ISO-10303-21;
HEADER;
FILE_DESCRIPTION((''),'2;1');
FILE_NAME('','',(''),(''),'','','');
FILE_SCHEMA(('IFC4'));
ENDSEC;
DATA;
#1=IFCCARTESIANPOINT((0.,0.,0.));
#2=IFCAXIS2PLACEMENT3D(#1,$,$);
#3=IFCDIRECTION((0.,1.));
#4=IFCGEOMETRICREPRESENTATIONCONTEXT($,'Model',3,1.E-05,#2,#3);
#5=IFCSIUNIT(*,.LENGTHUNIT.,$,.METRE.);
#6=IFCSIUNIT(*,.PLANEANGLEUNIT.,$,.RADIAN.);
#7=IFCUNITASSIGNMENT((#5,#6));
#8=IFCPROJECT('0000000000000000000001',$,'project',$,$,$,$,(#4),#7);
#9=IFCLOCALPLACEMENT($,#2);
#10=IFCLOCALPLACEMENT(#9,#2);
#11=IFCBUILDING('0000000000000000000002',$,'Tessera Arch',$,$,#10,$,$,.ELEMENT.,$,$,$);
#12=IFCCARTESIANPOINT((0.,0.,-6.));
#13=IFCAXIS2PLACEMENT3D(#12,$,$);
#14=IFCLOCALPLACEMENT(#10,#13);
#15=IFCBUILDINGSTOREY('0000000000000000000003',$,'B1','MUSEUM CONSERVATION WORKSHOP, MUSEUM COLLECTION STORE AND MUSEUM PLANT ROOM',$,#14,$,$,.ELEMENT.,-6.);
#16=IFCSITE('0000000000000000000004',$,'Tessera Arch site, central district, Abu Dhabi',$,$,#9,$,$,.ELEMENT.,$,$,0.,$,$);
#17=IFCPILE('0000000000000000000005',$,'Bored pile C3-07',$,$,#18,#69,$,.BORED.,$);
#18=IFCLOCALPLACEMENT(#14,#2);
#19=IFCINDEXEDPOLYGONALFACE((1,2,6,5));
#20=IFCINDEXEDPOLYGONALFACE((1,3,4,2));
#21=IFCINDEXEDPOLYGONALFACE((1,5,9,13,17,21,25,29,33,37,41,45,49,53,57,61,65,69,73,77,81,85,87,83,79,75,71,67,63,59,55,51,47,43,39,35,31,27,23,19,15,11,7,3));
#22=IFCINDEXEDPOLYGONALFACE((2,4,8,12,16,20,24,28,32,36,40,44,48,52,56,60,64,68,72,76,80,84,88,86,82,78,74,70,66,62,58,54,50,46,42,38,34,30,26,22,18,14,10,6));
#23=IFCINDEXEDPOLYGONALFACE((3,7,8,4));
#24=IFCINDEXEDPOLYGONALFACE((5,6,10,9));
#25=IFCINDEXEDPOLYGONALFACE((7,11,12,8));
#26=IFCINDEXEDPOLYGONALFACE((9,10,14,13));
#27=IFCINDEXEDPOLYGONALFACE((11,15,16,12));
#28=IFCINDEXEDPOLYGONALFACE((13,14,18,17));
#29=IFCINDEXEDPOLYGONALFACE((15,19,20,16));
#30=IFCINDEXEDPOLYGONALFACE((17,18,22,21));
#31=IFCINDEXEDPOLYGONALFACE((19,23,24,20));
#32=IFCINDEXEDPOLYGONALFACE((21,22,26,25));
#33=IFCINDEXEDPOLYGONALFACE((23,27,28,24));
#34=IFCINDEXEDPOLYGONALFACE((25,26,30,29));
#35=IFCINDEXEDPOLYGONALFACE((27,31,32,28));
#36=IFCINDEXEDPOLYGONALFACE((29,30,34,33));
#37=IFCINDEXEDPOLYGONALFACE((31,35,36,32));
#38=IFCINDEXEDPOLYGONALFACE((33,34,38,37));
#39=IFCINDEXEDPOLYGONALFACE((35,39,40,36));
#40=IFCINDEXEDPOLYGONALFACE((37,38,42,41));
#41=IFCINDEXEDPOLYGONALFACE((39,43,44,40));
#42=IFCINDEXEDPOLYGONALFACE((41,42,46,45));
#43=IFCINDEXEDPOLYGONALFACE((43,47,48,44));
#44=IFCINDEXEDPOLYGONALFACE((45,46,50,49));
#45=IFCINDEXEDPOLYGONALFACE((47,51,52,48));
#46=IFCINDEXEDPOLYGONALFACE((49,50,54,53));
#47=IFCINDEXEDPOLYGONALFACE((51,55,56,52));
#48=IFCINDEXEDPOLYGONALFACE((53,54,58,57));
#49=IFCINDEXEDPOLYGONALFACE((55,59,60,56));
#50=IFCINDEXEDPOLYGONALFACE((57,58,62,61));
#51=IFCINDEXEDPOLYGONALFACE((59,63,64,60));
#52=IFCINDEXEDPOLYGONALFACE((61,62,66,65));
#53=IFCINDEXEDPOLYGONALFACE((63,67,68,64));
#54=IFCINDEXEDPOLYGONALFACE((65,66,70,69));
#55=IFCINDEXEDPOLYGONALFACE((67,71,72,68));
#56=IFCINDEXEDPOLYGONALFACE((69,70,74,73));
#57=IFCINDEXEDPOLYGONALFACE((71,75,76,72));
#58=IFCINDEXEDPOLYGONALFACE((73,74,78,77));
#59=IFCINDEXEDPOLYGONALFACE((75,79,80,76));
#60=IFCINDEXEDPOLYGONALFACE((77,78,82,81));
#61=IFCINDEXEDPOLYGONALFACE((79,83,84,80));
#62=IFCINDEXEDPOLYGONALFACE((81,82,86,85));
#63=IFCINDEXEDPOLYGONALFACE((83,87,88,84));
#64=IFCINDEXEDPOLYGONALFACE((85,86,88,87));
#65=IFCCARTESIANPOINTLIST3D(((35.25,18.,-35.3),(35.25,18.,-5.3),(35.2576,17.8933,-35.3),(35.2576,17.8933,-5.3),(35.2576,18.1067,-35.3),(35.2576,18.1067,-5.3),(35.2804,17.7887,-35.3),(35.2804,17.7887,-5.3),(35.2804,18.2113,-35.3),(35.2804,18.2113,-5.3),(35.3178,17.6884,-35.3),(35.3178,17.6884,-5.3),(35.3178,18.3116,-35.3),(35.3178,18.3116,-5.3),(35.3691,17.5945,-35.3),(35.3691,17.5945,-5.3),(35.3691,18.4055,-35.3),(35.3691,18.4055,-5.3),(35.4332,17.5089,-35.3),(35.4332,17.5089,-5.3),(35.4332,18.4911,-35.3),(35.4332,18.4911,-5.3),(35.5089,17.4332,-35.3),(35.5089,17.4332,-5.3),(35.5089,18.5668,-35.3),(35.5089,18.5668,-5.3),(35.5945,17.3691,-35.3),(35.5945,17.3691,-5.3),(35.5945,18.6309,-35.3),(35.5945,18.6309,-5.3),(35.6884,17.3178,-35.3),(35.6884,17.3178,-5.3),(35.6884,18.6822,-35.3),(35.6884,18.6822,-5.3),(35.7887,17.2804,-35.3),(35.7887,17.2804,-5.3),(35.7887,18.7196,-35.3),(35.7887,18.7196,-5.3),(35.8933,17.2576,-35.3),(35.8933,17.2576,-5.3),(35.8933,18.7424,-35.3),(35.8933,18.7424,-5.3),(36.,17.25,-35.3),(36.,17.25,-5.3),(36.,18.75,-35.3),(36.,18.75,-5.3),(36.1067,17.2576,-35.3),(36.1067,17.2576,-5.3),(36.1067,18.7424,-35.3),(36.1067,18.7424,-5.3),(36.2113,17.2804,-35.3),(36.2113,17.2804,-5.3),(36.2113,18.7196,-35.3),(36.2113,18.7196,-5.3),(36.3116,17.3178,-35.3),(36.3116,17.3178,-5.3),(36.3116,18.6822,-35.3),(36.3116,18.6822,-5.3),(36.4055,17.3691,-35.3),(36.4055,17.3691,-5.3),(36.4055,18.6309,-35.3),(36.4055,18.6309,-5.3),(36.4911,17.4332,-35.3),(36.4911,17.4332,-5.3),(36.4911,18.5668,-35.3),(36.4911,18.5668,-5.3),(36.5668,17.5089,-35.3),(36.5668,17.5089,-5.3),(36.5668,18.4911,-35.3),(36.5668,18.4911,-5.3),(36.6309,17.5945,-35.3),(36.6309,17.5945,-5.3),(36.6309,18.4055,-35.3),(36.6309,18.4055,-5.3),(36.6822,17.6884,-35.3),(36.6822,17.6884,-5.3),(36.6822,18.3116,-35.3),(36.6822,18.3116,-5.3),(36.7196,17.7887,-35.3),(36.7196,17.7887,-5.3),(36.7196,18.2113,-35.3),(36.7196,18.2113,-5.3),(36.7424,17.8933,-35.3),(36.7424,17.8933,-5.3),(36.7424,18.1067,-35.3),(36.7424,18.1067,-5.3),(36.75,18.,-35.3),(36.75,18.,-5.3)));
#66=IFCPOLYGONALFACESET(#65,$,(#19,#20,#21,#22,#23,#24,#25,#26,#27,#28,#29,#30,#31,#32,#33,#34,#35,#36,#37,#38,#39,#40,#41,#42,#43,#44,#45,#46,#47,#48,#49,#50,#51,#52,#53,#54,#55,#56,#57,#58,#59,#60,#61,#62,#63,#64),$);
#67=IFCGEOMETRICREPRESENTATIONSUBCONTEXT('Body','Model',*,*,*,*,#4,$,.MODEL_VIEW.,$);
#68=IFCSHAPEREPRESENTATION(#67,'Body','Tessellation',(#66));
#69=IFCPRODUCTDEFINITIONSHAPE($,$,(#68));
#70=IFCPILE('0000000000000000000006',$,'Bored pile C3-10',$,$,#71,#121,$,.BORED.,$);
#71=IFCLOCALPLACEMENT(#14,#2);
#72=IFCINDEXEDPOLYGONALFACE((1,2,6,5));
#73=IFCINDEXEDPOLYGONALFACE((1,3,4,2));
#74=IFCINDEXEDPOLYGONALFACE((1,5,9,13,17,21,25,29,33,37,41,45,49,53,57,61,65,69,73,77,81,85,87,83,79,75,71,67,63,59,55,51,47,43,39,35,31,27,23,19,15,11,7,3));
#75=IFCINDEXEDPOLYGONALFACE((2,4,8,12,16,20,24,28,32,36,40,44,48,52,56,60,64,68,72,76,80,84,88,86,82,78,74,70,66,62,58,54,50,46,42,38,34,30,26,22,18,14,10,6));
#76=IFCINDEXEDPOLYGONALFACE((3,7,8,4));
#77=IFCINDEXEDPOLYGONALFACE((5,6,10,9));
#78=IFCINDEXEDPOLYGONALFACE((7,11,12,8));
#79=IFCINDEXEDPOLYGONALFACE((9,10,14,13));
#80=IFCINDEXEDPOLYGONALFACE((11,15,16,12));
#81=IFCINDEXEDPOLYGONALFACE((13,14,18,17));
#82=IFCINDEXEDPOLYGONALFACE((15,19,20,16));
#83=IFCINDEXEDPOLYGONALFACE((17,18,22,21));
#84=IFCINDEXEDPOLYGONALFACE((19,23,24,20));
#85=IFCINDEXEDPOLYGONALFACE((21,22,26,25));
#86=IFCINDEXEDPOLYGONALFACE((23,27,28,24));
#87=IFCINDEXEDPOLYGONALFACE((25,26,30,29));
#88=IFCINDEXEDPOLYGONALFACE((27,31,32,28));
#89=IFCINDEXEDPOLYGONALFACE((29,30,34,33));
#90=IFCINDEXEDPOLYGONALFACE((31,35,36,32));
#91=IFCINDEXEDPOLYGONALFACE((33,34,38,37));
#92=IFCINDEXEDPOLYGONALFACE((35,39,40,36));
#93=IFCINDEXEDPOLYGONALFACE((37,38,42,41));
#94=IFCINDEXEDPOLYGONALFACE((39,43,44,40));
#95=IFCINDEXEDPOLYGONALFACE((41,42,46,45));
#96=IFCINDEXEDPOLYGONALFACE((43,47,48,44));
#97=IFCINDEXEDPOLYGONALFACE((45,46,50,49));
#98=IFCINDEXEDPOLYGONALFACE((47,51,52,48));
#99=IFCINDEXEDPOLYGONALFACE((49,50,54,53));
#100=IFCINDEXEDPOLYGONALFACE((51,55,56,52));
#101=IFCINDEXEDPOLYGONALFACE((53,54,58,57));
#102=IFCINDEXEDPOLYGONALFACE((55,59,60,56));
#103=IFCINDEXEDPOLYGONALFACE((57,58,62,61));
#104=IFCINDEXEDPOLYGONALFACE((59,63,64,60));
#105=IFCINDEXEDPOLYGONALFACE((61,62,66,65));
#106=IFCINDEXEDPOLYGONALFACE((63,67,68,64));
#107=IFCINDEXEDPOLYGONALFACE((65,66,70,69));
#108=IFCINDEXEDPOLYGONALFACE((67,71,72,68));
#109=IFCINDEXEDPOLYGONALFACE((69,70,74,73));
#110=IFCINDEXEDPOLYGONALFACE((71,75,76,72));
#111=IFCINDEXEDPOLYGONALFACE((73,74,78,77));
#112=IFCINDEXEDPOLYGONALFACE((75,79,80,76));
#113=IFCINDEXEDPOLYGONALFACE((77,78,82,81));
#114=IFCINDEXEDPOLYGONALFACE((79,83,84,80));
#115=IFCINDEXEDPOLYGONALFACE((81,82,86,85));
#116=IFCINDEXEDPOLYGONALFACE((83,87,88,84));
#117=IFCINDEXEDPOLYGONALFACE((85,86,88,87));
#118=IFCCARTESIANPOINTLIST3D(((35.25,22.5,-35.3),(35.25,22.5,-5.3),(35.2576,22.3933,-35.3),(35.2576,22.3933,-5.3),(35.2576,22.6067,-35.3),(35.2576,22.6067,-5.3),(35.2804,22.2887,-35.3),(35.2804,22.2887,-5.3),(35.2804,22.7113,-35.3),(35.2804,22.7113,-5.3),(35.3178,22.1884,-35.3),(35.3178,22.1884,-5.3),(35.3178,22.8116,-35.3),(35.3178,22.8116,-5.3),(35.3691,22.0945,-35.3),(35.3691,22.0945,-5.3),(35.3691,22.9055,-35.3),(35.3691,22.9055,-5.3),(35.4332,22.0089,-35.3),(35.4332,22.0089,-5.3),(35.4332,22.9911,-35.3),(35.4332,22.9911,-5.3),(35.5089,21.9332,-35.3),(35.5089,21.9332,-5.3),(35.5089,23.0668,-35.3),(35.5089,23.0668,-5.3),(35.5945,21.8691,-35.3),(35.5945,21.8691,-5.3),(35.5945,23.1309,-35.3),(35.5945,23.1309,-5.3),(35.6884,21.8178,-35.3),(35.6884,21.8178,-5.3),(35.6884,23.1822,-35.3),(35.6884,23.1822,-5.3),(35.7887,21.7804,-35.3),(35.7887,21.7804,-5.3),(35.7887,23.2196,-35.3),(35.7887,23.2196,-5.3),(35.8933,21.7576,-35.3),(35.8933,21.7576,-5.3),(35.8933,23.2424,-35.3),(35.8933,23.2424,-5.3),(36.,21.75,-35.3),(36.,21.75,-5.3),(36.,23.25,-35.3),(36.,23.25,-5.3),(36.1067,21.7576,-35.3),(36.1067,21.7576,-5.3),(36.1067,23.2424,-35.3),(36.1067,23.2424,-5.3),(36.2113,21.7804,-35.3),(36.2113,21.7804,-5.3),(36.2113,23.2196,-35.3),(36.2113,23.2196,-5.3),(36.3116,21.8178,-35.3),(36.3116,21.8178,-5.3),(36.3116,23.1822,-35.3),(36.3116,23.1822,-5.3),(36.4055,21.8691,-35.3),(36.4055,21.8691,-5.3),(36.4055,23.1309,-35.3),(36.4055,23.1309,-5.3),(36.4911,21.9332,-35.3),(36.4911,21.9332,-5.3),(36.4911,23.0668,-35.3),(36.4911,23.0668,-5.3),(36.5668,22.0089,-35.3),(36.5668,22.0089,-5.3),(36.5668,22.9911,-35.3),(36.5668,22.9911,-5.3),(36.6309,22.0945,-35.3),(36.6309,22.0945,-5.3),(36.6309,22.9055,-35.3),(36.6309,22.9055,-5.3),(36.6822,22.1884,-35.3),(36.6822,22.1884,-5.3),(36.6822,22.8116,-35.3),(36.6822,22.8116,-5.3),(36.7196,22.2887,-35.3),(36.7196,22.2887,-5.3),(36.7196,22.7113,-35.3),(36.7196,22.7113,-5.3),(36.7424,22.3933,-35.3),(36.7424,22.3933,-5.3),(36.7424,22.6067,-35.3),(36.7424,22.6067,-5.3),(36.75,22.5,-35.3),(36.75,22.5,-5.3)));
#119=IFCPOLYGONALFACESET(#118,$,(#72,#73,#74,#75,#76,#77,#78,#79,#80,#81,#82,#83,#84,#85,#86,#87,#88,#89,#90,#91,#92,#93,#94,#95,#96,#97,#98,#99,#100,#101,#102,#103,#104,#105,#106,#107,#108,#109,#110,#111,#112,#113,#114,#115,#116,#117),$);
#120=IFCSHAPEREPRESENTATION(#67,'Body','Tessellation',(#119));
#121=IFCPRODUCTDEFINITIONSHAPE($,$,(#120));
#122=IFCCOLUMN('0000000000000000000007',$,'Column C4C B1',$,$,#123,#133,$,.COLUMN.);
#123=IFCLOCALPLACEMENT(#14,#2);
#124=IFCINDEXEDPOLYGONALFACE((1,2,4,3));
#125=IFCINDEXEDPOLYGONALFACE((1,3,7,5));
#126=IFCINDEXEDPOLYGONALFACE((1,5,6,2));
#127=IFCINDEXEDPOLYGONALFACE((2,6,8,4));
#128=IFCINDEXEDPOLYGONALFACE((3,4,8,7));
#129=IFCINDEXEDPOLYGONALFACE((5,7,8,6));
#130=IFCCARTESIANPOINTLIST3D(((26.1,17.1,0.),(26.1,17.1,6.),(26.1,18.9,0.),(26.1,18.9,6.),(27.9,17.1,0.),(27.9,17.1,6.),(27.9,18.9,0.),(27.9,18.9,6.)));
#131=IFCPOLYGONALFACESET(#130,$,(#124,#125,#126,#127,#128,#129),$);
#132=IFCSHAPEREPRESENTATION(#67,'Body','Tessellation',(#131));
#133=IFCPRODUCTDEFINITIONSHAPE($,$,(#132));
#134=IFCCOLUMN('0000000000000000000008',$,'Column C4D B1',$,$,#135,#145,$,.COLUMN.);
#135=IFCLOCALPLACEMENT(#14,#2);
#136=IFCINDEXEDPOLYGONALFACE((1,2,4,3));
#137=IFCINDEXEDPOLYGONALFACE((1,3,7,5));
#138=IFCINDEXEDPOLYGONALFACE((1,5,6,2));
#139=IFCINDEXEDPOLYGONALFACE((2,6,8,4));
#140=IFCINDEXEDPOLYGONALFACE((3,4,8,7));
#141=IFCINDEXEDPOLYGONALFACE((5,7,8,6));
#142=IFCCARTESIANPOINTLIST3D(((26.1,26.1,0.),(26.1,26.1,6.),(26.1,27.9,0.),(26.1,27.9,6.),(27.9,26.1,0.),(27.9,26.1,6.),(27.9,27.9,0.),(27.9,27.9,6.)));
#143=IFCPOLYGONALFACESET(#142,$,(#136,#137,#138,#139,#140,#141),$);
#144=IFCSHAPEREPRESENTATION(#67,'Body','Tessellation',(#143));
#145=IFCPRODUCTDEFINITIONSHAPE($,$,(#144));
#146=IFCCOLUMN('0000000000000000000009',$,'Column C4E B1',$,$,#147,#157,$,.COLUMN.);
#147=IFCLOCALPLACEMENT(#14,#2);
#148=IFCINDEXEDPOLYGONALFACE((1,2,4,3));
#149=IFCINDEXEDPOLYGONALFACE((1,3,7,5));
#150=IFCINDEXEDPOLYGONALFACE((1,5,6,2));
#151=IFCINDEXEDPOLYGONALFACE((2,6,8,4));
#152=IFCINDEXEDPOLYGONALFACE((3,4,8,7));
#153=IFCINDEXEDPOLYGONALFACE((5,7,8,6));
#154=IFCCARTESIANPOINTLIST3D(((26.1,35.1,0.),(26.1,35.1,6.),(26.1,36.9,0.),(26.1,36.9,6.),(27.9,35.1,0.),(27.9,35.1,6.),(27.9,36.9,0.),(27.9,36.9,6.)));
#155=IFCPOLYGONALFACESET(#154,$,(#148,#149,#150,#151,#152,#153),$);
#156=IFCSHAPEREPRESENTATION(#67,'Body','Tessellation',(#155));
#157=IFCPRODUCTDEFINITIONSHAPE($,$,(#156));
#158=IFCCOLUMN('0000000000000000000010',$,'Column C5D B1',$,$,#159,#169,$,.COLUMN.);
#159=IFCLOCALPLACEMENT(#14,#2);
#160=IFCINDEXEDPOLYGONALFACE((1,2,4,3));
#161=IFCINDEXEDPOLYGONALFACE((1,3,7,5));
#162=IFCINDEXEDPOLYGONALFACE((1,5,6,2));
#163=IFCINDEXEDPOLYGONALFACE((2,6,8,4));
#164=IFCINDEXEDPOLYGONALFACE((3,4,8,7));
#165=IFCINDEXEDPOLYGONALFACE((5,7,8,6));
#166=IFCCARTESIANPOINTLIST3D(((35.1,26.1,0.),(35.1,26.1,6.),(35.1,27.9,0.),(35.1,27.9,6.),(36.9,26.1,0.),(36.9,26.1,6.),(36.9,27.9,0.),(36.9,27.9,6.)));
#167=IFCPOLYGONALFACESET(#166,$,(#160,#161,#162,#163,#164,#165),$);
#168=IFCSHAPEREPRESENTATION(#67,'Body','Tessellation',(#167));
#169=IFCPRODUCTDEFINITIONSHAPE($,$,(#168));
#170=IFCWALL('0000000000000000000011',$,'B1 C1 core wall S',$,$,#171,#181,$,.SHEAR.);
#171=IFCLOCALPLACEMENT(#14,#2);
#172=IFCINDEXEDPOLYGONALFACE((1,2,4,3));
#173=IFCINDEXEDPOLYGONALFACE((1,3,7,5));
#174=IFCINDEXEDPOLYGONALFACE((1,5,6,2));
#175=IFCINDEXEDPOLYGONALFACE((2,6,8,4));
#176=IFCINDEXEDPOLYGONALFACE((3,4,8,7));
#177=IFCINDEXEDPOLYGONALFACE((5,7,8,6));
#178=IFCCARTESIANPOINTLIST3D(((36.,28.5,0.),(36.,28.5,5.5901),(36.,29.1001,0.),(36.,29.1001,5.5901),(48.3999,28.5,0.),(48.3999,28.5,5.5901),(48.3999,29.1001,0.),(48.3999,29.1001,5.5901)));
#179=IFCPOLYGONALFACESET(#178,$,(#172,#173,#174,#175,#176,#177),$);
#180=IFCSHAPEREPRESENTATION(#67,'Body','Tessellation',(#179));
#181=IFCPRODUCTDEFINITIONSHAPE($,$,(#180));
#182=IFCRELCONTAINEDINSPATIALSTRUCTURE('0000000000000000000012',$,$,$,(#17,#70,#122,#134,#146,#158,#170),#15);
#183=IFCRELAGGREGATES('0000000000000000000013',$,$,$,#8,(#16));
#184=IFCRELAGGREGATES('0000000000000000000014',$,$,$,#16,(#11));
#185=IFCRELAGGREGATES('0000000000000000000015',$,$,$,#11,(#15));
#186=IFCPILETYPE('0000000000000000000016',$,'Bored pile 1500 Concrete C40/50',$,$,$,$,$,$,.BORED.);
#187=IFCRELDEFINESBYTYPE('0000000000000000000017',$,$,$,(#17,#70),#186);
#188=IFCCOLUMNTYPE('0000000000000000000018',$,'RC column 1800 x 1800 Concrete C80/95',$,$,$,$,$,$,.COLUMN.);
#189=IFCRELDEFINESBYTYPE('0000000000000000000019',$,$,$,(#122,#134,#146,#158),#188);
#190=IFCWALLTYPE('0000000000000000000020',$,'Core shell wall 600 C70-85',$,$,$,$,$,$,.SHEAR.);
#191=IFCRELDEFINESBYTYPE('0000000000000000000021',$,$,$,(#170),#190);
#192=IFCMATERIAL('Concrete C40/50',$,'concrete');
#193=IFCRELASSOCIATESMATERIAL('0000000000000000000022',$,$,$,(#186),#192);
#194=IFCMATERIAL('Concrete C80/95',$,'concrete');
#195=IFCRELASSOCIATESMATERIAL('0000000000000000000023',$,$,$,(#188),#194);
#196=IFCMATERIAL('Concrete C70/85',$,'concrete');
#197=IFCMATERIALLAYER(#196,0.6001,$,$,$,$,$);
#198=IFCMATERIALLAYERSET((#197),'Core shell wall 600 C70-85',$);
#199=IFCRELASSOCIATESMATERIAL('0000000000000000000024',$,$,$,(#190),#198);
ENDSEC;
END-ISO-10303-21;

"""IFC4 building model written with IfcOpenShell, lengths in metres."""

from ifc_helpers import new_model, si_unit, direction, frame, frame_2d, origin, origin_2d, place, context, subcontext, project, spatial, rectangle, circle, extrude, material, layer, layer_set, material_profile, profile_set, type_object, element, save


model = new_model("IFC4")

# Units and contexts
model_context = context("Model", 3, precision=1e-05, world=origin(), true_north=direction((0.0, 1.0)))
body_context = subcontext(model_context, "Body", "Model", "MODEL_VIEW")
ifc_project = project(units=[si_unit("LENGTHUNIT", "METRE"), si_unit("PLANEANGLEUNIT", "RADIAN")], contexts=[model_context])

# Site, building, storey
site_placement = place(None, origin())
site = spatial("IfcSite", under=ifc_project, at=site_placement, Name="Tessera Arch site, central district, Abu Dhabi", CompositionType="ELEMENT", RefElevation=0.0)
building_placement = place(site_placement, origin())
building = spatial("IfcBuilding", under=site, at=building_placement, Name="Tessera Arch", CompositionType="ELEMENT")
storey_placement = place(building_placement, frame((0.0, 0.0, -6.0)))
storey = spatial("IfcBuildingStorey", under=building, at=storey_placement, Name="B1", Description="MUSEUM CONSERVATION WORKSHOP, MUSEUM COLLECTION STORE AND MUSEUM PLANT ROOM", CompositionType="ELEMENT", Elevation=-6.0)

# Piles
ifc_material_1 = material(Name="Concrete C40/50", Category="concrete")
pile_type = type_object("IfcPileType", Name="Bored pile 1500 Concrete C40/50", PredefinedType="BORED", material=ifc_material_1)
for number, where, z_axis, x_axis, name in (
    (1, (36.0, 18.0, -5.3), (0.0, 0.0, -1.0), (1.0, 0.0, 0.0), "Bored pile C3-07"),
    (2, (36.0, 22.5, -5.3), (0.0, 0.0, -1.0), (1.0, 0.0, 0.0), "Bored pile C3-10"),
):
    element("IfcPile", number, at=place(storey_placement, frame(where, z_axis=z_axis, x_axis=x_axis)), inside=storey, type_object=pile_type, Name=name, PredefinedType="BORED", context=body_context, shape_type="SweptSolid", body=[
        extrude(circle(Radius=0.75, at=origin_2d()), origin(), (0.0, 0.0, 1.0), 30.0),
    ])

# Columns
ifc_material_2 = material(Name="Concrete C80/95", Category="concrete")
ifc_material_profile = material_profile(ifc_material_2, rectangle(XDim=1.8, YDim=1.8, at=origin_2d()), Name="RC column 1800 x 1800 Concrete C80/95")
ifc_profile_set = profile_set([ifc_material_profile], Name="Concrete C80/95")
column_type = type_object("IfcColumnType", Name="RC column 1800 x 1800 Concrete C80/95", PredefinedType="COLUMN", material=ifc_profile_set)
for number, where, z_axis, x_axis, name in (
    (3, (27.0, 18.0, 0.0), (0.0, 0.0, 1.0), (1.0, 0.0, 0.0), "Column C4C B1"),
    (4, (27.0, 27.0, 0.0), (0.0, 0.0, 1.0), (1.0, 0.0, 0.0), "Column C4D B1"),
    (5, (27.0, 36.0, 0.0), (0.0, 0.0, 1.0), (1.0, 0.0, 0.0), "Column C4E B1"),
    (6, (36.0, 27.0, 0.0), (0.0, 0.0, 1.0), (1.0, 0.0, 0.0), "Column C5D B1"),
):
    element("IfcColumn", number, at=place(storey_placement, frame(where, z_axis=z_axis, x_axis=x_axis)), inside=storey, type_object=column_type, Name=name, PredefinedType="COLUMN", context=body_context, shape_type="SweptSolid", body=[
        extrude(rectangle(XDim=1.8, YDim=1.8, at=origin_2d()), origin(), (0.0, 0.0, 1.0), 6.0),
    ])

# Wall
ifc_material_3 = material(Name="Concrete C70/85", Category="concrete")
ifc_layer_1 = layer(ifc_material_3, 0.6001)
ifc_layer_set_1 = layer_set([ifc_layer_1], Name="Core shell wall 600 C70-85")
wall_type_1 = type_object("IfcWallType", Name="Core shell wall 600 C70-85", PredefinedType="SHEAR", material=ifc_layer_set_1)
wall_1_placement = place(storey_placement, frame((36.0, 28.8, 0.0), z_axis=(0.0, 0.0, 1.0), x_axis=(1.0, 0.0, 0.0)))
element("IfcWall", 7, at=wall_1_placement, inside=storey, type_object=wall_type_1, Name="B1 C1 core wall S", PredefinedType="SHEAR", context=body_context, shape_type="SweptSolid", body=[
    extrude(rectangle(XDim=12.3999, YDim=0.6001, at=frame_2d((6.2, 0.0))), origin(), (0.0, 0.0, 1.0), 5.5901),
])

save(model, "model.ifc")
